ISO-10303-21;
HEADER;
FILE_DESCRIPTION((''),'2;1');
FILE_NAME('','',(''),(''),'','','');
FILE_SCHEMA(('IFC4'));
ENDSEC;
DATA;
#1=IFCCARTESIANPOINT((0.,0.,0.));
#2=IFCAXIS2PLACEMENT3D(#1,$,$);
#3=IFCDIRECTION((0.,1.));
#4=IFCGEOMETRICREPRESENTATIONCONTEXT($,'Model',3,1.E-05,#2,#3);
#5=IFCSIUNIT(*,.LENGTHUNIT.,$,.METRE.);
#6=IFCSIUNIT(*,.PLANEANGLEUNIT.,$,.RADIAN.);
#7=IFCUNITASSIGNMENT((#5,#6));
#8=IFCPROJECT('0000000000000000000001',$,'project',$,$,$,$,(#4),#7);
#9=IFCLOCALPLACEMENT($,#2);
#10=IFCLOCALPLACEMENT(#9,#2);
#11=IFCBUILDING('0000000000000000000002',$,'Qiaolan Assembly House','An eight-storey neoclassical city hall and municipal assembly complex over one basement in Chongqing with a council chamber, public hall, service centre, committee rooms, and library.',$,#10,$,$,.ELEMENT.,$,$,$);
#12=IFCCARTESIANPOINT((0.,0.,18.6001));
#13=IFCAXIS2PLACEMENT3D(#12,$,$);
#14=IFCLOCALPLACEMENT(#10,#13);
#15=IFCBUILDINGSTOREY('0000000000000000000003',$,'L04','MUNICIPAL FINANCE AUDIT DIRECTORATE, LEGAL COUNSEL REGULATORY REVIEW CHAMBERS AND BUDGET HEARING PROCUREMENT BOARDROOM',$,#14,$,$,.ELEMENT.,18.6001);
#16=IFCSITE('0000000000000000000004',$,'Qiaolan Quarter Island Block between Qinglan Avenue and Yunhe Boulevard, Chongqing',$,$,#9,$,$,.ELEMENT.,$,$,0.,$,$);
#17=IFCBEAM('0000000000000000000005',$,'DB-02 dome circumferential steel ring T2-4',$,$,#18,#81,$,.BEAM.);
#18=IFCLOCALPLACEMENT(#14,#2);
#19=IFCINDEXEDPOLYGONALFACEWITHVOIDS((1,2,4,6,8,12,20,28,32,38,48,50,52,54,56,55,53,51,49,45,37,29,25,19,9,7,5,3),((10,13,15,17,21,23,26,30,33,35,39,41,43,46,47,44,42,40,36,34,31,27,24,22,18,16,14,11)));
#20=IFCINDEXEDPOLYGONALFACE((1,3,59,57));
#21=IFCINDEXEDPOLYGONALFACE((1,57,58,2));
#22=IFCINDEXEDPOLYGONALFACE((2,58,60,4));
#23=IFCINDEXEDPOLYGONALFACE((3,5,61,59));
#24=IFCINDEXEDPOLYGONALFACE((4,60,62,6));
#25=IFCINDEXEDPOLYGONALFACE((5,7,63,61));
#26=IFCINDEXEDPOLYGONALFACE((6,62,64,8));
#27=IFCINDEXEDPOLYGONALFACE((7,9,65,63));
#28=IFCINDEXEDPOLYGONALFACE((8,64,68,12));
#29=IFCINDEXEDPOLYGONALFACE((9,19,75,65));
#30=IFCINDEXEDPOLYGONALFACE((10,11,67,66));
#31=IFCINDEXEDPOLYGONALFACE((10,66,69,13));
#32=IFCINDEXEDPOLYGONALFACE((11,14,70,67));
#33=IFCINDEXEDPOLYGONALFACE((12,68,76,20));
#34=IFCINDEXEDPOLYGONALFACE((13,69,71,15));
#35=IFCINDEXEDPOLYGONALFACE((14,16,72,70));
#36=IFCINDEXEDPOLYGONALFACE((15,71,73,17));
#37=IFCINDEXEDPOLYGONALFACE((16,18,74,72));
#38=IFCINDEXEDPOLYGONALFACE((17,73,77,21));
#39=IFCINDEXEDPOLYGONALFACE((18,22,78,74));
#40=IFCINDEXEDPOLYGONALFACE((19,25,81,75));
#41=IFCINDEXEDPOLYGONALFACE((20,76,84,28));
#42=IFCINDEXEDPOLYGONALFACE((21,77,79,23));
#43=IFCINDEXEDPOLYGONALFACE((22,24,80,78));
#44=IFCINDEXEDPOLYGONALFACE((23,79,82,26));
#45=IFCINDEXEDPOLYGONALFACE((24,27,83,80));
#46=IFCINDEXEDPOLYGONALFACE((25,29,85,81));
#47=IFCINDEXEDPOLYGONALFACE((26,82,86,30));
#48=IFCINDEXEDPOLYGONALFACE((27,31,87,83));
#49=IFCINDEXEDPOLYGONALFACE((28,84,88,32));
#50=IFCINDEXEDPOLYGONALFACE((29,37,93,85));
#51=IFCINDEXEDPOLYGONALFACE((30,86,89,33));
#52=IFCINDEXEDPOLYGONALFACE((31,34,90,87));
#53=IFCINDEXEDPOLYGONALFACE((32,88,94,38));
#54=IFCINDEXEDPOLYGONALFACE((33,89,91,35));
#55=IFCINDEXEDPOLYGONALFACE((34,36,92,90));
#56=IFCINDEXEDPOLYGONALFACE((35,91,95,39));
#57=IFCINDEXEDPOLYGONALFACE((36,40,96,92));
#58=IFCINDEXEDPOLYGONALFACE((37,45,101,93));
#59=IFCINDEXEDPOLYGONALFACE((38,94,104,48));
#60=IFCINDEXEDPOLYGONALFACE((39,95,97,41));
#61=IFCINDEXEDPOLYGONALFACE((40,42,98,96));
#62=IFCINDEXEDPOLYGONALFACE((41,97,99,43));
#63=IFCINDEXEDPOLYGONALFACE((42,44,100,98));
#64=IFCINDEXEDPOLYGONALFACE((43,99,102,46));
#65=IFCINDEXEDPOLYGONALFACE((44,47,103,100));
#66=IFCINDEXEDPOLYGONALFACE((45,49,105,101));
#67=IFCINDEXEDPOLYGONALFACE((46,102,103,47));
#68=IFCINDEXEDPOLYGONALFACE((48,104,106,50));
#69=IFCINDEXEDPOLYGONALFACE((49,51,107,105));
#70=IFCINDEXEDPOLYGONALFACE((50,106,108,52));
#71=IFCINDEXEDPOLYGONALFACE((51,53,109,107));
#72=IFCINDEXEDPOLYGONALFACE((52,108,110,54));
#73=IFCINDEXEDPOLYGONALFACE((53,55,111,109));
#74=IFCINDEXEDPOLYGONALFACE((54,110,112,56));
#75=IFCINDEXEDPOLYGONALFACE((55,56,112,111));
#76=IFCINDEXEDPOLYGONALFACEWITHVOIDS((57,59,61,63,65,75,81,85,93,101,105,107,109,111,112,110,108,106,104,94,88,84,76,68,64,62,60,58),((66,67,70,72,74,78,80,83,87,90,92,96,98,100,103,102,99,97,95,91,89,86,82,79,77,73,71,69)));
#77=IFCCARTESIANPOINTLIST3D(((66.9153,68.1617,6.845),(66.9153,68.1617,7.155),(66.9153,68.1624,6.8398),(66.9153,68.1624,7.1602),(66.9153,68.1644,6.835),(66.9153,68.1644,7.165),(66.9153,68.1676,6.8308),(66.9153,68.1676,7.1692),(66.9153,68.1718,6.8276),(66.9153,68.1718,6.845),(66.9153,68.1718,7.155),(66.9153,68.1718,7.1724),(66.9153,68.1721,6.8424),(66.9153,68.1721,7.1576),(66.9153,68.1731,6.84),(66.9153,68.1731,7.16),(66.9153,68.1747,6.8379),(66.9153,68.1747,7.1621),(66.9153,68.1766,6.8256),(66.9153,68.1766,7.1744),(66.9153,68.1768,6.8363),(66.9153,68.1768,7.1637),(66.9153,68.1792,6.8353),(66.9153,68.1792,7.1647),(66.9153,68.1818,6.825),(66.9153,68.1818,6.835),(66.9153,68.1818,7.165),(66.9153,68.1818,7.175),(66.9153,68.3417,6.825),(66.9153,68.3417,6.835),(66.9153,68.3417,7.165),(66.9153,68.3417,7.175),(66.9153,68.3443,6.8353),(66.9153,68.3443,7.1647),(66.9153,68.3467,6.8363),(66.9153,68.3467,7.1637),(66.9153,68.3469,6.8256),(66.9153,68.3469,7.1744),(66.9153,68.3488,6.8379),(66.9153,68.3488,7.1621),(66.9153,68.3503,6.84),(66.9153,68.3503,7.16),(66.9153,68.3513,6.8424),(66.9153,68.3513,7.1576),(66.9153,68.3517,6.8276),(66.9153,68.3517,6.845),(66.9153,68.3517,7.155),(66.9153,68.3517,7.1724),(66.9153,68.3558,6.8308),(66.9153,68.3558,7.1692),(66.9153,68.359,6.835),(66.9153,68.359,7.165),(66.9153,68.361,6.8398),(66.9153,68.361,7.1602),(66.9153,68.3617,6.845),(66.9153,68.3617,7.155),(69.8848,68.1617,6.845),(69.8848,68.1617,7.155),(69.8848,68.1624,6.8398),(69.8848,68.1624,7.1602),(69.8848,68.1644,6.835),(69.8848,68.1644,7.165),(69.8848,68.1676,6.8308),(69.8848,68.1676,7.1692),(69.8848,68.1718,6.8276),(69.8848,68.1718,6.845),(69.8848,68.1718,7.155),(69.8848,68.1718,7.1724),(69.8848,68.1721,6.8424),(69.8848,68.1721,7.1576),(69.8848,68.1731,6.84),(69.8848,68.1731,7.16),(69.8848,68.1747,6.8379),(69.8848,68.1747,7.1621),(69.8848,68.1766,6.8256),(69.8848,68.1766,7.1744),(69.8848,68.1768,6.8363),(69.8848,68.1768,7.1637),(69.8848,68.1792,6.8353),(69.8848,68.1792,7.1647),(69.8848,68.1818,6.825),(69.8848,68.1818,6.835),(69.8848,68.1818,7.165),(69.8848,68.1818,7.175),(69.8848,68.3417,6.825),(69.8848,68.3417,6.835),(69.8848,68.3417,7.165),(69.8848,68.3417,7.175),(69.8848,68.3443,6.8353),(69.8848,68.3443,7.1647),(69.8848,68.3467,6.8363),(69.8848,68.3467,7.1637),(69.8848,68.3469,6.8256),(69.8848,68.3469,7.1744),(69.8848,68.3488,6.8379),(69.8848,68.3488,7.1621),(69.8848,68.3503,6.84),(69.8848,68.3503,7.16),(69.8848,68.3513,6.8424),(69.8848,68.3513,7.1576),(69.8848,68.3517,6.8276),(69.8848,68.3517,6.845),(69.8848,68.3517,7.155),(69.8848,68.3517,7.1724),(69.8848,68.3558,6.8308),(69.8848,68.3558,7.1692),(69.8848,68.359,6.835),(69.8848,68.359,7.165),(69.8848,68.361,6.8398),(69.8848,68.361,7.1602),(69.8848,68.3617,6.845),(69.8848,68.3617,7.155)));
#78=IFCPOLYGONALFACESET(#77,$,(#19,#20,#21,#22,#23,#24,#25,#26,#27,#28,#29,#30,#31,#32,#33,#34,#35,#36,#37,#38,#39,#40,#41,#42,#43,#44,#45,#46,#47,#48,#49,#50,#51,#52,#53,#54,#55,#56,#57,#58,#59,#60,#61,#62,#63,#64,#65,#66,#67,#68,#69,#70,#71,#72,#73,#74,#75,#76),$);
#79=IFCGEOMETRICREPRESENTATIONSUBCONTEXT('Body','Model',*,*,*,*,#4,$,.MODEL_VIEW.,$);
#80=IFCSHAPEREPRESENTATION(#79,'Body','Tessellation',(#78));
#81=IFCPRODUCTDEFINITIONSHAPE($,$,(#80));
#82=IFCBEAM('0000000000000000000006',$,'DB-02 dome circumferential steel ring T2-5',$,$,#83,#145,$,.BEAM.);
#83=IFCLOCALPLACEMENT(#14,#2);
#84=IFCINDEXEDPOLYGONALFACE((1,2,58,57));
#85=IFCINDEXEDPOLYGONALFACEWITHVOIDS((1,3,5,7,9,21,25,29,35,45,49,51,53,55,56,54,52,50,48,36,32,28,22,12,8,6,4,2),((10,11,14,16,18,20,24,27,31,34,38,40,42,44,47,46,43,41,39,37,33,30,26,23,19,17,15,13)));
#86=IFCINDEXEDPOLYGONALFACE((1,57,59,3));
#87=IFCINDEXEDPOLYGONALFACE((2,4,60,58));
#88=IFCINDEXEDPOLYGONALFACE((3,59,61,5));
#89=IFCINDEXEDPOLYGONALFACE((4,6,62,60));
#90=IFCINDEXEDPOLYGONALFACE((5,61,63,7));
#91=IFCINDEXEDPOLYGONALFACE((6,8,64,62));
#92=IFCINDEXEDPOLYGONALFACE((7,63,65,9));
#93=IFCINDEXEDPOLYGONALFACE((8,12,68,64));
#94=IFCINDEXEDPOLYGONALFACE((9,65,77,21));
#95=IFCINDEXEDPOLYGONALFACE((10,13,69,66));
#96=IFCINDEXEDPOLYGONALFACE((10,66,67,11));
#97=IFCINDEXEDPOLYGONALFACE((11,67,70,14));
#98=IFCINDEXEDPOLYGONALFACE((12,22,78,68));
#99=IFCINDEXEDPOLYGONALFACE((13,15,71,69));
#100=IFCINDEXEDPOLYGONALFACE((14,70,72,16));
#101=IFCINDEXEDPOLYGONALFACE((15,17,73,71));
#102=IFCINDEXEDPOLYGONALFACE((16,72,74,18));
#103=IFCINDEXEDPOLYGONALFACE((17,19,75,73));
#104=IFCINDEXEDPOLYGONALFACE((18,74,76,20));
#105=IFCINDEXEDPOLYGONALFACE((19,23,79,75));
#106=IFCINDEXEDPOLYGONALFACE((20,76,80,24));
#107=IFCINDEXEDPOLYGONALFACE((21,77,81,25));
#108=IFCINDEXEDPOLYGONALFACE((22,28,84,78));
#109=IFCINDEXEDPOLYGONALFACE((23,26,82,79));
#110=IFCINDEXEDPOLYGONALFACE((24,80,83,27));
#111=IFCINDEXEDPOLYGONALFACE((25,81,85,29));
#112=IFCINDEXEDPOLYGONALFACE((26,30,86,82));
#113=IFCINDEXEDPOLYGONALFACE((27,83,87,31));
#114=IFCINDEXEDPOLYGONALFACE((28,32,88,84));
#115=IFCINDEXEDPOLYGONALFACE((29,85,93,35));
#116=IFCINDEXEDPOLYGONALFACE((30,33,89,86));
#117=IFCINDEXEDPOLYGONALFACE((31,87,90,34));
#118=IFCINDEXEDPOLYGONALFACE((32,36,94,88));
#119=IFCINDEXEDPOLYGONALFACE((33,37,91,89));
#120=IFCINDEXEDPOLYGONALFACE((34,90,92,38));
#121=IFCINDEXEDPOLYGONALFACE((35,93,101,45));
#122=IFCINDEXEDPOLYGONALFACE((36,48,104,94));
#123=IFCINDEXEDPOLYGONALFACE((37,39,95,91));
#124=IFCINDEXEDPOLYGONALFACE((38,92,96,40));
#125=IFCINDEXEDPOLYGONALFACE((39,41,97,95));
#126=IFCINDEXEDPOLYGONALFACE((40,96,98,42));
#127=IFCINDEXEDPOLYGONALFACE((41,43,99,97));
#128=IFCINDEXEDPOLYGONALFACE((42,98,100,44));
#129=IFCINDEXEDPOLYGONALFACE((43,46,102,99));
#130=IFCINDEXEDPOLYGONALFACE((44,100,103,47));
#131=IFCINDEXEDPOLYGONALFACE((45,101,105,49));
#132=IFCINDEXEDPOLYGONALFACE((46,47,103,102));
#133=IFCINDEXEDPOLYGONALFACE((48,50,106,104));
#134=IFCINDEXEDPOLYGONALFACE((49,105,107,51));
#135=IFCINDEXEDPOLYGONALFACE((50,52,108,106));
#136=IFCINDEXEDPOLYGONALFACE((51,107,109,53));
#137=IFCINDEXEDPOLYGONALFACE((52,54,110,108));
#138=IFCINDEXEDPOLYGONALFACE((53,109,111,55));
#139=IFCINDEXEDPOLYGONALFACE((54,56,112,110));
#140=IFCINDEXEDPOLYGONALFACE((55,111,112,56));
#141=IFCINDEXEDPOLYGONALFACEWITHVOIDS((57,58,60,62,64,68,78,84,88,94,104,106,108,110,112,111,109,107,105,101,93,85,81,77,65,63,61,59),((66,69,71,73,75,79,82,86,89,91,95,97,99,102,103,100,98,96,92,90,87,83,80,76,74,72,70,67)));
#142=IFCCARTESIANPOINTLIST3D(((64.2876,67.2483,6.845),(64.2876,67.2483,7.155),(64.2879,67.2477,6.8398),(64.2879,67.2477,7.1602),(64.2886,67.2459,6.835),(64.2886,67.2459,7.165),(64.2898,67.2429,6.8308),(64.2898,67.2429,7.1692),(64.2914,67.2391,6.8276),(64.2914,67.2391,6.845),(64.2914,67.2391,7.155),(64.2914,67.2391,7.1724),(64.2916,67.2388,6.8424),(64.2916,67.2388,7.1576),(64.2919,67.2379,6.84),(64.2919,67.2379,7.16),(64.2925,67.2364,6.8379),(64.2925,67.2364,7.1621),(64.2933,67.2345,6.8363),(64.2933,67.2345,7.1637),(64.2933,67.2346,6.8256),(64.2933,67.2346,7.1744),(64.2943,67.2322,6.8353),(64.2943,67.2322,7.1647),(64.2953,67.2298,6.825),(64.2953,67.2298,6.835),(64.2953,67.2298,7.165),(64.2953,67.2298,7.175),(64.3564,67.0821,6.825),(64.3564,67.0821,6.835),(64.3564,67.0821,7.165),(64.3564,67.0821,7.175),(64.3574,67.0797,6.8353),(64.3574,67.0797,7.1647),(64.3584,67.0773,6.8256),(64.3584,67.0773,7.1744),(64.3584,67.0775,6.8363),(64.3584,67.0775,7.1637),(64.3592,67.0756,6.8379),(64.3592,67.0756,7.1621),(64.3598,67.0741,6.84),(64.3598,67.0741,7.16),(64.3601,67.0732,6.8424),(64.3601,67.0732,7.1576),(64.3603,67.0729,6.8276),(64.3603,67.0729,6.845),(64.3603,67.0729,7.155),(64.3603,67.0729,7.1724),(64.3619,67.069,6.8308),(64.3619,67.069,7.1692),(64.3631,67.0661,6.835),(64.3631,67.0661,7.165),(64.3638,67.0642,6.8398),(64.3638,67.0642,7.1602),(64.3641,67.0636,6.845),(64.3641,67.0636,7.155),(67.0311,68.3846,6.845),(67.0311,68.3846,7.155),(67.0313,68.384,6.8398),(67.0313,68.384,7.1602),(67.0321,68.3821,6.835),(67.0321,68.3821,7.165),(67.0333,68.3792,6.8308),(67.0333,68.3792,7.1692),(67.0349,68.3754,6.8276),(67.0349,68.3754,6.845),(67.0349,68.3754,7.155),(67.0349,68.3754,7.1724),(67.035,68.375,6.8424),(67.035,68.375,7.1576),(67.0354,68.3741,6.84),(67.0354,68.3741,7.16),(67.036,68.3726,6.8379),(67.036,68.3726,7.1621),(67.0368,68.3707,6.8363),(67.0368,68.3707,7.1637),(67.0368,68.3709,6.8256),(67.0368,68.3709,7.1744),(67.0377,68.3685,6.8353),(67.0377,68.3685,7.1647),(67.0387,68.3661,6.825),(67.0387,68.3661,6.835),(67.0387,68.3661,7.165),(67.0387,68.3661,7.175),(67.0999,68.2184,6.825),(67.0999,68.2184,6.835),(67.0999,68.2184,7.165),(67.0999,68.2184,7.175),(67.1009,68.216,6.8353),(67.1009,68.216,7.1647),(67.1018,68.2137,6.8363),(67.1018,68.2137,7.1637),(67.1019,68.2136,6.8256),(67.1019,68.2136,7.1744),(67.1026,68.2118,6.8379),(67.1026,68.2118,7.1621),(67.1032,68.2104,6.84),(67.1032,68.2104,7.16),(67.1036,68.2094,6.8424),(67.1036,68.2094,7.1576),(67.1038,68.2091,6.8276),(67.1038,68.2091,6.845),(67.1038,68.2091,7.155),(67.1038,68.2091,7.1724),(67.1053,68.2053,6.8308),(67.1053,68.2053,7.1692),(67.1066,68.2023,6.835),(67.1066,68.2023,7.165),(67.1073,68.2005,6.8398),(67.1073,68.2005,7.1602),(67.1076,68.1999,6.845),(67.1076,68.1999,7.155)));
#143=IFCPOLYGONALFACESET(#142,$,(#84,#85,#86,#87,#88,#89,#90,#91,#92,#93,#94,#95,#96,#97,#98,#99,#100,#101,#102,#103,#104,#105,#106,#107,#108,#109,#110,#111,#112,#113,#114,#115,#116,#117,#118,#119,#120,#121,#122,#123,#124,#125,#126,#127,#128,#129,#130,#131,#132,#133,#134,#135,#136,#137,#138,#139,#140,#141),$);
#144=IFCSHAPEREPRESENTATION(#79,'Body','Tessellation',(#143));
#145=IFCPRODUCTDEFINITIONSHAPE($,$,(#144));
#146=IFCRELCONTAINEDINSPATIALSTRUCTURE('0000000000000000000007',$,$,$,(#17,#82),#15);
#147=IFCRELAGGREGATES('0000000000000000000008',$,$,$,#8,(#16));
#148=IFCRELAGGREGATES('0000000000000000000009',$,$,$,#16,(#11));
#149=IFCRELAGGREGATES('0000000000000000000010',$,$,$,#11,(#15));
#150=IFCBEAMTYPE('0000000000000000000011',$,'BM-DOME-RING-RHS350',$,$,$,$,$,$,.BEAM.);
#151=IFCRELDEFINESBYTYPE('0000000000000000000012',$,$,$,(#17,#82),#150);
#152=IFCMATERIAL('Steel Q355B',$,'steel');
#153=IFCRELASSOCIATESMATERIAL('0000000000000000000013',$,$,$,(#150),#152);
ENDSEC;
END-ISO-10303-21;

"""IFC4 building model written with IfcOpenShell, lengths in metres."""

from ifc_helpers import new_model, si_unit, direction, frame, origin, origin_2d, place, context, subcontext, project, spatial, hollow_rectangle, extrude, material, material_profile, profile_set, type_object, element, save


model = new_model("IFC4")

# Units and contexts
model_context = context("Model", 3, precision=1e-05, world=origin(), true_north=direction((0.0, 1.0)))
body_context = subcontext(model_context, "Body", "Model", "MODEL_VIEW")
ifc_project = project(units=[si_unit("LENGTHUNIT", "METRE"), si_unit("PLANEANGLEUNIT", "RADIAN")], contexts=[model_context])

# Site, building, storey
site_placement = place(None, origin())
site = spatial("IfcSite", under=ifc_project, at=site_placement, Name="Qiaolan Quarter Island Block between Qinglan Avenue and Yunhe Boulevard, Chongqing", CompositionType="ELEMENT", RefElevation=0.0)
building_placement = place(site_placement, origin())
building = spatial("IfcBuilding", under=site, at=building_placement, Name="Qiaolan Assembly House", Description="An eight-storey neoclassical city hall and municipal assembly complex over one basement in Chongqing with a council chamber, public hall, service centre, committee rooms, and library.", CompositionType="ELEMENT")
storey_placement = place(building_placement, frame((0.0, 0.0, 18.6001)))
storey = spatial("IfcBuildingStorey", under=building, at=storey_placement, Name="L04", Description="MUNICIPAL FINANCE AUDIT DIRECTORATE, LEGAL COUNSEL REGULATORY REVIEW CHAMBERS AND BUDGET HEARING PROCUREMENT BOARDROOM", CompositionType="ELEMENT", Elevation=18.6001)

# Beams
ifc_material_1 = material(Name="Steel Q355B", Category="steel")
ifc_material_profile_1 = material_profile(ifc_material_1, hollow_rectangle(XDim=0.2, YDim=0.3501, WallThickness=0.01, InnerFilletRadius=0.01, OuterFilletRadius=0.02, at=origin_2d()), Name="RHS 350x200x10")
ifc_profile_set_1 = profile_set([ifc_material_profile_1], Name="Steel Q355B")
beam_type_1 = type_object("IfcBeamType", Name="BM-DOME-RING-RHS350", PredefinedType="BEAM", material=ifc_profile_set_1)
for number, where, z_axis, x_axis, name in (
    (1, (69.8848, 68.2617, 7.0), (-1.0, 0.0, 0.0), (0.0, -1.0, 0.0), "DB-02 dome circumferential steel ring T2-4"),
    (2, (67.0693, 68.2922, 7.0), (-0.923895, -0.382647, 0.0), (0.382647, -0.923895, 0.0), "DB-02 dome circumferential steel ring T2-5"),
):
    element("IfcBeam", number, at=place(storey_placement, frame(where, z_axis=z_axis, x_axis=x_axis)), inside=storey, type_object=beam_type_1, Name=name, PredefinedType="BEAM", context=body_context, shape_type="SweptSolid", body=[
        extrude(hollow_rectangle(XDim=0.2, YDim=0.3501, WallThickness=0.01, InnerFilletRadius=0.01, OuterFilletRadius=0.02, at=origin_2d()), origin(), (0.0, 0.0, 1.0), 2.9695),
    ])

save(model, "model.ifc")
